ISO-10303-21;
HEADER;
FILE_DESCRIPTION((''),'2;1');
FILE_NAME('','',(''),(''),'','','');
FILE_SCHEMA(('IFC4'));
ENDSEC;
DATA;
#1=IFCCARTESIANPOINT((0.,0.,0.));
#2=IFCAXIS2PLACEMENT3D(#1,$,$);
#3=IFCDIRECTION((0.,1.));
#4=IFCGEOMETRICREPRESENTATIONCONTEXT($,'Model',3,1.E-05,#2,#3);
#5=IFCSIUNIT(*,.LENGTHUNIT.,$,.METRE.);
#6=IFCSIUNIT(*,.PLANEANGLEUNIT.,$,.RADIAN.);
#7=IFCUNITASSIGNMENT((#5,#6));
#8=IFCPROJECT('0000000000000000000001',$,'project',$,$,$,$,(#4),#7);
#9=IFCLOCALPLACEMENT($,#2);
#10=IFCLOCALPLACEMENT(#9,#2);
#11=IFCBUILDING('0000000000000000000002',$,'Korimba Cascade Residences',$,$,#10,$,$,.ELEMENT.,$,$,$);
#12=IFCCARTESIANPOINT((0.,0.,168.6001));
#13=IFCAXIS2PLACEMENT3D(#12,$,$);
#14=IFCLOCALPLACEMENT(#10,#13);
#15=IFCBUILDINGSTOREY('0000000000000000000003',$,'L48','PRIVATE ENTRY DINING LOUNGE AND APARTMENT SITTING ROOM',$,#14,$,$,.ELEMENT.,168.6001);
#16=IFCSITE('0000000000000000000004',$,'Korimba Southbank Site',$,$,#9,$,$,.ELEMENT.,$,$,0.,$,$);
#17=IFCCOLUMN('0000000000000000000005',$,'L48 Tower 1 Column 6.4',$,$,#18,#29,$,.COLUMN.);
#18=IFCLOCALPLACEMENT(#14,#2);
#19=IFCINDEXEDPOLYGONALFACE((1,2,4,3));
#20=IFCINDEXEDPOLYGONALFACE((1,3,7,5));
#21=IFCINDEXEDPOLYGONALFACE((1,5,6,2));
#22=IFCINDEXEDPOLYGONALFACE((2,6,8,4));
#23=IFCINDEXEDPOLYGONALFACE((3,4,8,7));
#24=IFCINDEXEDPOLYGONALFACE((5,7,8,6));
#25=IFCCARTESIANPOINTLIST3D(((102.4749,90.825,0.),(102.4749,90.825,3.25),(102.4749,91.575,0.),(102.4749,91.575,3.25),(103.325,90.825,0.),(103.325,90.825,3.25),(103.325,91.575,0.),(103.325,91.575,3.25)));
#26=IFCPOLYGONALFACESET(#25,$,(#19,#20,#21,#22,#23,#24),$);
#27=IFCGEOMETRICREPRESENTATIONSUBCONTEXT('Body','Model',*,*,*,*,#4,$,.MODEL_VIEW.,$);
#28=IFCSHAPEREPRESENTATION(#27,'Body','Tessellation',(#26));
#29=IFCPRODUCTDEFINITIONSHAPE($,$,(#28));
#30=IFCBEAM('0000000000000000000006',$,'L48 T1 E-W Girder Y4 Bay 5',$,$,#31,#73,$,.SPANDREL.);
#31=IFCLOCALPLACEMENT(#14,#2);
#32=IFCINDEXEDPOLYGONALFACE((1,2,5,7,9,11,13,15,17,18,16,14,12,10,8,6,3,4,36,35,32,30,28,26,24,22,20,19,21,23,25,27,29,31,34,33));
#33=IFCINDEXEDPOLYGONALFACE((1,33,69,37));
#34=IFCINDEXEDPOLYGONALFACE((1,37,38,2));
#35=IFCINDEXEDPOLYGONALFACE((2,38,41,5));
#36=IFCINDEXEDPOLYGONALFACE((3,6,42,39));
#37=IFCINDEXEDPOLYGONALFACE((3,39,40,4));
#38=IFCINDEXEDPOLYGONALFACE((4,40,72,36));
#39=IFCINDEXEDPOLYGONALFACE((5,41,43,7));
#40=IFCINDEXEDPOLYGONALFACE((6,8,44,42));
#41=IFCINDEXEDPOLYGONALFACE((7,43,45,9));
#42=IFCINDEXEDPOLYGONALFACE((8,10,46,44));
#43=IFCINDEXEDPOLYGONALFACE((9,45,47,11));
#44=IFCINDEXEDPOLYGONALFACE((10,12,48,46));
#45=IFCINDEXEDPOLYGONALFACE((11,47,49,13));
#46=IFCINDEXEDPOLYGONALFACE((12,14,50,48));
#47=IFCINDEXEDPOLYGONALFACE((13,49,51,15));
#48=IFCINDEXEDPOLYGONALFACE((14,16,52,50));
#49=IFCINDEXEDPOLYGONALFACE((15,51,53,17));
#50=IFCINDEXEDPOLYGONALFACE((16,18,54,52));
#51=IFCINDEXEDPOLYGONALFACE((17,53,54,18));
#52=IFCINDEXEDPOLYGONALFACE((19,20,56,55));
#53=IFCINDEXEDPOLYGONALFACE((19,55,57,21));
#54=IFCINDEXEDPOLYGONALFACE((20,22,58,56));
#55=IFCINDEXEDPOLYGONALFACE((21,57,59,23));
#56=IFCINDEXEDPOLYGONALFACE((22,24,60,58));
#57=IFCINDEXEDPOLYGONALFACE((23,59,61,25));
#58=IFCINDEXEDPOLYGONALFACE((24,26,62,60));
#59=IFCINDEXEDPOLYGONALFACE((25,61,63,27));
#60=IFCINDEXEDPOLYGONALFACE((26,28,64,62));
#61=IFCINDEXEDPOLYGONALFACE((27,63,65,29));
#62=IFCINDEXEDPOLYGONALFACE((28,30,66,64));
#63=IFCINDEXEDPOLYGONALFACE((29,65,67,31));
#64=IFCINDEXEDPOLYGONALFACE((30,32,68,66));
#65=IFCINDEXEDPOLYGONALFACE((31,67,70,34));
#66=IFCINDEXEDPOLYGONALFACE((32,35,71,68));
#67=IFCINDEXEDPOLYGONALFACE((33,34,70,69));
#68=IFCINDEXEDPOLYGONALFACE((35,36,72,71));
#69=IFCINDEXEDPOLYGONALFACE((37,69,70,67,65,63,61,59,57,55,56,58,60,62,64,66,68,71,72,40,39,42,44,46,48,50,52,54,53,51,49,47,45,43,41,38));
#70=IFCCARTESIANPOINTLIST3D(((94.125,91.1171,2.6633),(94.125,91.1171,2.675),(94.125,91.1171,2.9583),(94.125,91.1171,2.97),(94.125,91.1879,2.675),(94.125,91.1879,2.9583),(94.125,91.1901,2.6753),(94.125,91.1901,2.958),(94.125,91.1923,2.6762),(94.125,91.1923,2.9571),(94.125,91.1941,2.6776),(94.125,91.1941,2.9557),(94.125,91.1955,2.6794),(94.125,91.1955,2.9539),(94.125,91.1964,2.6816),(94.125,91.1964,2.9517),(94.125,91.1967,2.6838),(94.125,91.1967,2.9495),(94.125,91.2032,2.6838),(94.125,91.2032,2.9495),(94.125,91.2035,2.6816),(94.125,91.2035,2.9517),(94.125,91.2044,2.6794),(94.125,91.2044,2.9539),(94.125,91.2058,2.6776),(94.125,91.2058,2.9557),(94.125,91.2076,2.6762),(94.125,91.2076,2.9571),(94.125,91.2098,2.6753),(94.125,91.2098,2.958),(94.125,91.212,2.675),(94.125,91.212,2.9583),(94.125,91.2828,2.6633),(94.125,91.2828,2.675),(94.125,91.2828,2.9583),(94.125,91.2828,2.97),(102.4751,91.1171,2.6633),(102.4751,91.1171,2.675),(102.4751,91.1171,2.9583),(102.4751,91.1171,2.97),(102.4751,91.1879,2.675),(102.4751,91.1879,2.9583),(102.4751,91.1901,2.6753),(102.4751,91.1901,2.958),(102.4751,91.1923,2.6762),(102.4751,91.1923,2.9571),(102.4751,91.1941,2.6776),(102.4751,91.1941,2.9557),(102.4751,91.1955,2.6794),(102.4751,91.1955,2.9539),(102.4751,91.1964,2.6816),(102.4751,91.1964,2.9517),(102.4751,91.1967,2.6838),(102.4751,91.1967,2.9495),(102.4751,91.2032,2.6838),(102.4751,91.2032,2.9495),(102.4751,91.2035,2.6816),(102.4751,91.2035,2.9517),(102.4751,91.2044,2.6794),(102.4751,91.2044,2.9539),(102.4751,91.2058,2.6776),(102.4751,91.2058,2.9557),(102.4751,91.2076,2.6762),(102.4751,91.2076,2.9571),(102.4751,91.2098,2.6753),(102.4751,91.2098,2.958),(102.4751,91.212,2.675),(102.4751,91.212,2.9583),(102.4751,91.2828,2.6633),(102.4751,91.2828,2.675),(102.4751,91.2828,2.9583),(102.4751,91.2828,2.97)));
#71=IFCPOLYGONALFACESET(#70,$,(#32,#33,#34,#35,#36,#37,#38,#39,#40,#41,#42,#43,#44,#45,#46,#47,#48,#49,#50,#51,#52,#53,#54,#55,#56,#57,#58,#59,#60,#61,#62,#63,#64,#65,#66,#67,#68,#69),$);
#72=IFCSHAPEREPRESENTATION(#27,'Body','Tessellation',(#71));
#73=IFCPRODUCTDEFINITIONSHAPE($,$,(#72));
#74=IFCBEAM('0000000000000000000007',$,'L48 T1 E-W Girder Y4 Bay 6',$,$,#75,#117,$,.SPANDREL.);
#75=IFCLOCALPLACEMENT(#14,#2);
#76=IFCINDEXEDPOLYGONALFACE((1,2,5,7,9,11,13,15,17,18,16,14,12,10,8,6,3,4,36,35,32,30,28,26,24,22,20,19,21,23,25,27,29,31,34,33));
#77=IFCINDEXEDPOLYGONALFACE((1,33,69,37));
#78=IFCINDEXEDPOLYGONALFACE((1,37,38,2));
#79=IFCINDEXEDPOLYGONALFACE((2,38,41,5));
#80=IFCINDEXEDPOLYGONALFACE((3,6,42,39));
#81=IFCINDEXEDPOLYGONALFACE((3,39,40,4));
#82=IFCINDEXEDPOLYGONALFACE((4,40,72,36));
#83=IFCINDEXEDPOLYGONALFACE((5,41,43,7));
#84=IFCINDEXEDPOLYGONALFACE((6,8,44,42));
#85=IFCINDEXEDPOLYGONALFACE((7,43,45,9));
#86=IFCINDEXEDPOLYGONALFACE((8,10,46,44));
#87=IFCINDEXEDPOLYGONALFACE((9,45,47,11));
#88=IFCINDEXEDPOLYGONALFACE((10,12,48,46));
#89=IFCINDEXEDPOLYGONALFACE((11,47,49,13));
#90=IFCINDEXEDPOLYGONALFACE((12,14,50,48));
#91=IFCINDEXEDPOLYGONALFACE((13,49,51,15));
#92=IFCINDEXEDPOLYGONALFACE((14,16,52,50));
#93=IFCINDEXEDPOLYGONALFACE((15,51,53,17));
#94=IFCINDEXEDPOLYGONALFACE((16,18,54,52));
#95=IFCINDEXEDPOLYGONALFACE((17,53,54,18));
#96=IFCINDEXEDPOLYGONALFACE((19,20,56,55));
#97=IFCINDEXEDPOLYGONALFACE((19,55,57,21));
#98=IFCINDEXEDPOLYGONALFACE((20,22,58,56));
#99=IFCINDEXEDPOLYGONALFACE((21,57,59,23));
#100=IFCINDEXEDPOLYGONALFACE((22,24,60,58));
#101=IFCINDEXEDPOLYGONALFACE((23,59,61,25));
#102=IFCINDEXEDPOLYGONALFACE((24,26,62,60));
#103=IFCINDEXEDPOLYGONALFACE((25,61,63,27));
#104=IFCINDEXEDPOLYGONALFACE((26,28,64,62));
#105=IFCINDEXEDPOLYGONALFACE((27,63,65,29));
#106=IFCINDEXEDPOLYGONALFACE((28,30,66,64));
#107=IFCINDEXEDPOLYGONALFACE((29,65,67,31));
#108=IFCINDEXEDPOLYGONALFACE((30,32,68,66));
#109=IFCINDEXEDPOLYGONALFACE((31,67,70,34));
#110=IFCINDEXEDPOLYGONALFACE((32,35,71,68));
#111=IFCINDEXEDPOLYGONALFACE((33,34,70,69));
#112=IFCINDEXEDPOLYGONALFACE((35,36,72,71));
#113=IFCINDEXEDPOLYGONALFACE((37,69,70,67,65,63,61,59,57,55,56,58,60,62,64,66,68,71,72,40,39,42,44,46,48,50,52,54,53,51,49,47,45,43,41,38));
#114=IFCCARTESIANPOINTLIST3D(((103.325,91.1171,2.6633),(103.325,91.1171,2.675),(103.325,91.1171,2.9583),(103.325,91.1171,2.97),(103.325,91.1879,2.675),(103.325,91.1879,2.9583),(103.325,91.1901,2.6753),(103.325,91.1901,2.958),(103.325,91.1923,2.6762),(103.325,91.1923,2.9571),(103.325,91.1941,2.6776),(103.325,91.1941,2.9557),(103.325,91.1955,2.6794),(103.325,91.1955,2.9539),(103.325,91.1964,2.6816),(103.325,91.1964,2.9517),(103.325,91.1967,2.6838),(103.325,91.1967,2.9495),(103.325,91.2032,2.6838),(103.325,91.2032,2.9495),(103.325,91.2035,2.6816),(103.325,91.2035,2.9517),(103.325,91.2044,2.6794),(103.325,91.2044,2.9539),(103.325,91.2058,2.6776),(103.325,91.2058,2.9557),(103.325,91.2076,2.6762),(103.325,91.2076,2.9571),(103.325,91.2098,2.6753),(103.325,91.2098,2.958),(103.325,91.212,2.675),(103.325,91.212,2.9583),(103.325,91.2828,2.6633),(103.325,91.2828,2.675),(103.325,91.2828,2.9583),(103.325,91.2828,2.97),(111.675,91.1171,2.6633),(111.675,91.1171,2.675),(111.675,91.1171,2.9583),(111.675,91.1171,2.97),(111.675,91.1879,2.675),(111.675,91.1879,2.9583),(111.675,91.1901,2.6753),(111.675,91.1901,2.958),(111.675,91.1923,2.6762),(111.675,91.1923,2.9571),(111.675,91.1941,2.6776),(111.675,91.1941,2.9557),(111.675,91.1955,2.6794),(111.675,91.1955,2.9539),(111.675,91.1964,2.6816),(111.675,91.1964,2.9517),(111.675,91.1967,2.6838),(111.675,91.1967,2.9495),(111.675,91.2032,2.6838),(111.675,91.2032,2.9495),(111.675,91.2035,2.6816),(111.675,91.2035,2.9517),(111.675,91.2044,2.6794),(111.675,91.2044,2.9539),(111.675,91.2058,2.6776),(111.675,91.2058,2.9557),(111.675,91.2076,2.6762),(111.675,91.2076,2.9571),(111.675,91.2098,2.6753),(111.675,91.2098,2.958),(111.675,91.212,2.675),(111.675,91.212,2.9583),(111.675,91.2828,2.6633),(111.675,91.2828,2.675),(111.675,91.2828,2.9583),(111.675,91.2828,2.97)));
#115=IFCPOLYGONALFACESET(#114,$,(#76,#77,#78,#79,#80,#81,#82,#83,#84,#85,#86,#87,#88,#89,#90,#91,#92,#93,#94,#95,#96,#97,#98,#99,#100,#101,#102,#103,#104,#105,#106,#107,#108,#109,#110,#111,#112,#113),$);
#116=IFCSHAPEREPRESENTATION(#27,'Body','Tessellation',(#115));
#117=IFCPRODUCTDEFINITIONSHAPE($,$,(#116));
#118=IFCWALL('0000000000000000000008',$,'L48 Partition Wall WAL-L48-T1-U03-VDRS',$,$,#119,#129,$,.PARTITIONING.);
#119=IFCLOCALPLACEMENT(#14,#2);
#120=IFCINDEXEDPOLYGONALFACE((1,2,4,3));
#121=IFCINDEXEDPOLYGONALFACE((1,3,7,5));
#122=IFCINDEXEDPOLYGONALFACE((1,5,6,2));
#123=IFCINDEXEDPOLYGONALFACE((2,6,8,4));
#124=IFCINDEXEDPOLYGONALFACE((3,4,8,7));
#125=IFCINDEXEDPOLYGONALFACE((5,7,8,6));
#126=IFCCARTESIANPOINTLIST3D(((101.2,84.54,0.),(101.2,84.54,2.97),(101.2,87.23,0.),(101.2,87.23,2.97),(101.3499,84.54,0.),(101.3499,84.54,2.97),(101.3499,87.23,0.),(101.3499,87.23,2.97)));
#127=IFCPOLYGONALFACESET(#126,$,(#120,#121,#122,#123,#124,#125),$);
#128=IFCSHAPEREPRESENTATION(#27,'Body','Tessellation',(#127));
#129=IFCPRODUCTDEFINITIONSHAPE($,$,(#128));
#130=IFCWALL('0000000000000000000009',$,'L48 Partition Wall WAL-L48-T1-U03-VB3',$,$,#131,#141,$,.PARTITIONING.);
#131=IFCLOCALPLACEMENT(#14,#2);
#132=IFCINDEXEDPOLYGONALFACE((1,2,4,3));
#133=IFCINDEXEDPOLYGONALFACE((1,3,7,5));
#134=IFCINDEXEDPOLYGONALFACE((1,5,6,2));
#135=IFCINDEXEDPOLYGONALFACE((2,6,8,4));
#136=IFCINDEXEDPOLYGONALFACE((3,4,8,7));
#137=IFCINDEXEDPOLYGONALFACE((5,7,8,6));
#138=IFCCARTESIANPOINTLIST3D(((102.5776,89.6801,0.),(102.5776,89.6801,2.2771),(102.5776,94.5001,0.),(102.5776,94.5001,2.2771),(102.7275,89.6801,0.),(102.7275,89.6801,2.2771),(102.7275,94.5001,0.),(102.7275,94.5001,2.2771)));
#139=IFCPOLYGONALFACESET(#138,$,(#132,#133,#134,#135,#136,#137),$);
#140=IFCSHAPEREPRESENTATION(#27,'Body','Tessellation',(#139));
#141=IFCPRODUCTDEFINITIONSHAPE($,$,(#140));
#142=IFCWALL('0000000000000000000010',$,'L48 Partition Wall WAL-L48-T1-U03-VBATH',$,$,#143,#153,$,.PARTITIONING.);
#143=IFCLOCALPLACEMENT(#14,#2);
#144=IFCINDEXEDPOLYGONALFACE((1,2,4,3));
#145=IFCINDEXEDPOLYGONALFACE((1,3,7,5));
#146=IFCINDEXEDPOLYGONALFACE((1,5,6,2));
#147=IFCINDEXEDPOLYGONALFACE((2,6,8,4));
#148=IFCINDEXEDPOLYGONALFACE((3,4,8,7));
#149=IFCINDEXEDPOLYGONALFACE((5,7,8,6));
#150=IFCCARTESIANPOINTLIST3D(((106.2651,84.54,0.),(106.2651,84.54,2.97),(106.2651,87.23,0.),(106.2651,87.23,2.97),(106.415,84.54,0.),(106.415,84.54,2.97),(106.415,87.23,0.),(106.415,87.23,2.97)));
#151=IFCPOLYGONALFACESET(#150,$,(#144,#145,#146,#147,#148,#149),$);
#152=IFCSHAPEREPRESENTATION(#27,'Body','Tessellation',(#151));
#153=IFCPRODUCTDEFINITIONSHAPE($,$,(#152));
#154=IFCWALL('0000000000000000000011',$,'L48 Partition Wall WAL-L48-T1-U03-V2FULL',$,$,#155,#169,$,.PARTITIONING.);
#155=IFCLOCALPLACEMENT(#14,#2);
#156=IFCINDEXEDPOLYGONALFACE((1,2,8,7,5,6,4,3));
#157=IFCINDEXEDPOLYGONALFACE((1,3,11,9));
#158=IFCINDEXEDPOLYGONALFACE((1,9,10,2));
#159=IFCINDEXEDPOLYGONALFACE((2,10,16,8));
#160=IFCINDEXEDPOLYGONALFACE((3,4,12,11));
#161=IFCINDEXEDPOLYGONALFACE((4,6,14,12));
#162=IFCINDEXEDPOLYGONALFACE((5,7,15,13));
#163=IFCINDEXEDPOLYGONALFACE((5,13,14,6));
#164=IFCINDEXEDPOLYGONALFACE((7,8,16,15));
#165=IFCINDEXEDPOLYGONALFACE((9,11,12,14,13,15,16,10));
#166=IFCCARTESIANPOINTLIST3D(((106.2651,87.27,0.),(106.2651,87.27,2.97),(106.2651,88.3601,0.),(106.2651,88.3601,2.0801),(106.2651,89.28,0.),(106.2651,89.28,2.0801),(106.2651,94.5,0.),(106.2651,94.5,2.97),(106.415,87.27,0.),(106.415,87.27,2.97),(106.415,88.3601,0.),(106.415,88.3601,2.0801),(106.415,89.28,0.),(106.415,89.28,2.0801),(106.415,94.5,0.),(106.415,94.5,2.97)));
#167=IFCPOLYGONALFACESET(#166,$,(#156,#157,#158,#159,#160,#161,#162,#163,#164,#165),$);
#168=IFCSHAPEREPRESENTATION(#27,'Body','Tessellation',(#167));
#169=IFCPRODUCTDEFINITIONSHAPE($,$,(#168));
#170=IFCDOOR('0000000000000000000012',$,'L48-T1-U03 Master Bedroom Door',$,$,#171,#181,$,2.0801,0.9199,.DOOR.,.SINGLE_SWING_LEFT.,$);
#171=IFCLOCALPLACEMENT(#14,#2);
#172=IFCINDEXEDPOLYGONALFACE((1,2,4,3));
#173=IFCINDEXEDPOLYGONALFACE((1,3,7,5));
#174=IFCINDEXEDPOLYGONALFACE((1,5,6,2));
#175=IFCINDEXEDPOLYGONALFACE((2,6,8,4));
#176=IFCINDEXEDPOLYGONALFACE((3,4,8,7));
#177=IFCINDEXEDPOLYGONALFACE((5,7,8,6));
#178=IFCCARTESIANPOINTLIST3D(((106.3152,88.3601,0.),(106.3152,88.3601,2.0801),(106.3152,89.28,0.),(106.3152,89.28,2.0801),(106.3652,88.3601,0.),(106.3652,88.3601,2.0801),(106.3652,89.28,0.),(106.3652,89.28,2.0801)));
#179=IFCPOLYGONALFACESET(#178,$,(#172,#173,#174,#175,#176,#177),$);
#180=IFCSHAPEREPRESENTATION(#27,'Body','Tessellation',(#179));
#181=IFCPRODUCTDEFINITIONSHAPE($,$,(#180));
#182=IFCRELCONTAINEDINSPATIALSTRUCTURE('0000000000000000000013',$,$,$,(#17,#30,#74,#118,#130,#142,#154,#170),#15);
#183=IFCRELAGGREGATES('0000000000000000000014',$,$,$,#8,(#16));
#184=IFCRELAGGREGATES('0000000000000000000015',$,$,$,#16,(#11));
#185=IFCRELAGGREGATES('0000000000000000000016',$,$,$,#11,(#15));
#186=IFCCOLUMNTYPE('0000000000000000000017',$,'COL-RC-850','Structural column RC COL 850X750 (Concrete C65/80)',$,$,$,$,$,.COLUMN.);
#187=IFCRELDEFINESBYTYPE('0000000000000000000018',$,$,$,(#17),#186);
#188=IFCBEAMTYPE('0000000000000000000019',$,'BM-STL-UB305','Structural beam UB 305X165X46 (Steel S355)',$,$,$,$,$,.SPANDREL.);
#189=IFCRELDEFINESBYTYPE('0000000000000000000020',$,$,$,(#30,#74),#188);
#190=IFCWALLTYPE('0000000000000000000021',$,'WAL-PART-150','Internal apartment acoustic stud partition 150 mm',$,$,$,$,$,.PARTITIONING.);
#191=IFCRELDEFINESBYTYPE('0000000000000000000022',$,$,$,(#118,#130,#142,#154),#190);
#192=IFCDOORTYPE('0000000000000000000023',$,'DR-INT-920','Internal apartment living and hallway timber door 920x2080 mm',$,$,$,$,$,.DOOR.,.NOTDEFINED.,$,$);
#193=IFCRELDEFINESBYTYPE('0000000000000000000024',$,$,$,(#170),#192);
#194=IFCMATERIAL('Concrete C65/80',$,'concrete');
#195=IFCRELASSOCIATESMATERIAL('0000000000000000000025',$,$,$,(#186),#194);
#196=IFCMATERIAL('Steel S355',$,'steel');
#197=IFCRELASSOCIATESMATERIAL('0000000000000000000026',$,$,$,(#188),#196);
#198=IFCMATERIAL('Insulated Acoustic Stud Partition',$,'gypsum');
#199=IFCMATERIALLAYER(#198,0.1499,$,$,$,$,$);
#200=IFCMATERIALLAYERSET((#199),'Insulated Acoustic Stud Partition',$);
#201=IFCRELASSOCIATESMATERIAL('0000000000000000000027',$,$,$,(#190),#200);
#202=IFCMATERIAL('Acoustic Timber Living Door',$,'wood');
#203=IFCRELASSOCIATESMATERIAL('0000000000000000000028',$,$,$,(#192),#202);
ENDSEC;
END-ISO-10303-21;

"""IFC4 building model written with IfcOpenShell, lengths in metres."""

from ifc_helpers import new_model, si_unit, direction, frame, frame_2d, origin, origin_2d, place, context, subcontext, project, spatial, rectangle, i_section, extrude, material, layer, layer_set, material_profile, profile_set, type_object, element, fill, save


model = new_model("IFC4")

# Units and contexts
model_context = context("Model", 3, precision=1e-05, world=origin(), true_north=direction((0.0, 1.0)))
body_context = subcontext(model_context, "Body", "Model", "MODEL_VIEW")
ifc_project = project(units=[si_unit("LENGTHUNIT", "METRE"), si_unit("PLANEANGLEUNIT", "RADIAN")], contexts=[model_context])

# Site, building, storey
site_placement = place(None, origin())
site = spatial("IfcSite", under=ifc_project, at=site_placement, Name="Korimba Southbank Site", CompositionType="ELEMENT", RefElevation=0.0)
building_placement = place(site_placement, origin())
building = spatial("IfcBuilding", under=site, at=building_placement, Name="Korimba Cascade Residences", CompositionType="ELEMENT")
storey_placement = place(building_placement, frame((0.0, 0.0, 168.6001)))
storey = spatial("IfcBuildingStorey", under=building, at=storey_placement, Name="L48", Description="PRIVATE ENTRY DINING LOUNGE AND APARTMENT SITTING ROOM", CompositionType="ELEMENT", Elevation=168.6001)

# Column
ifc_material_1 = material(Name="Concrete C65/80", Category="concrete")
ifc_material_profile_1 = material_profile(ifc_material_1, rectangle(XDim=0.8501, YDim=0.75, at=origin_2d()), Name="Concrete C65/80")
ifc_profile_set_1 = profile_set([ifc_material_profile_1], Name="Concrete C65/80")
column_type = type_object("IfcColumnType", Name="COL-RC-850", Description="Structural column RC COL 850X750 (Concrete C65/80)", PredefinedType="COLUMN", material=ifc_profile_set_1)
column_placement = place(storey_placement, frame((102.8999, 91.2, 0.0), z_axis=(0.0, 0.0, 1.0), x_axis=(1.0, 0.0, 0.0)))
element("IfcColumn", 1, at=column_placement, inside=storey, type_object=column_type, Name="L48 Tower 1 Column 6.4", PredefinedType="COLUMN", context=body_context, shape_type="SweptSolid", body=[
    extrude(rectangle(XDim=0.8501, YDim=0.75, at=origin_2d()), origin(), (0.0, 0.0, 1.0), 3.25),
])

# Beams
ifc_material_2 = material(Name="Steel S355", Category="steel")
ifc_material_profile_2 = material_profile(ifc_material_2, i_section(OverallWidth=0.1658, OverallDepth=0.3066, WebThickness=0.0066, FlangeThickness=0.0117, FilletRadius=0.0088, at=origin_2d()), Name="Steel S355")
ifc_profile_set_2 = profile_set([ifc_material_profile_2], Name="Steel S355")
beam_type = type_object("IfcBeamType", Name="BM-STL-UB305", Description="Structural beam UB 305X165X46 (Steel S355)", PredefinedType="SPANDREL", material=ifc_profile_set_2)
for number, where, z_axis, x_axis, name in (
    (2, (94.125, 91.2, 2.8167), (1.0, 0.0, 0.0), (0.0, 1.0, 0.0), "L48 T1 E-W Girder Y4 Bay 5"),
    (3, (103.325, 91.2, 2.8167), (1.0, 0.0, 0.0), (0.0, 1.0, 0.0), "L48 T1 E-W Girder Y4 Bay 6"),
):
    element("IfcBeam", number, at=place(storey_placement, frame(where, z_axis=z_axis, x_axis=x_axis)), inside=storey, type_object=beam_type, Name=name, PredefinedType="SPANDREL", context=body_context, shape_type="SweptSolid", body=[
        extrude(i_section(OverallWidth=0.1658, OverallDepth=0.3066, WebThickness=0.0066, FlangeThickness=0.0117, FilletRadius=0.0088, at=origin_2d()), origin(), (0.0, 0.0, 1.0), 8.3501),
    ])

# Walls
ifc_material_3 = material(Name="Insulated Acoustic Stud Partition", Category="gypsum")
ifc_layer = layer(ifc_material_3, 0.1499)
ifc_layer_set = layer_set([ifc_layer], Name="Insulated Acoustic Stud Partition")
wall_type = type_object("IfcWallType", Name="WAL-PART-150", Description="Internal apartment acoustic stud partition 150 mm", PredefinedType="PARTITIONING", material=ifc_layer_set)
wall_1_placement = place(storey_placement, frame((101.2749, 84.54, 0.0), z_axis=(0.0, 0.0, 1.0), x_axis=(0.0, 1.0, 0.0)))
element("IfcWall", 4, at=wall_1_placement, inside=storey, type_object=wall_type, Name="L48 Partition Wall WAL-L48-T1-U03-VDRS", PredefinedType="PARTITIONING", context=body_context, shape_type="SweptSolid", body=[
    extrude(rectangle(XDim=2.6899, YDim=0.1499, at=frame_2d((1.345, 0.0))), origin(), (0.0, 0.0, 1.0), 2.97),
])
wall_2_placement = place(storey_placement, frame((102.6526, 89.6799, 0.0), z_axis=(0.0, 0.0, 1.0), x_axis=(0.0, 1.0, 0.0)))
element("IfcWall", 5, at=wall_2_placement, inside=storey, type_object=wall_type, Name="L48 Partition Wall WAL-L48-T1-U03-VB3", PredefinedType="PARTITIONING", context=body_context, shape_type="SweptSolid", body=[
    extrude(rectangle(XDim=4.8201, YDim=0.1499, at=frame_2d((2.4102, 0.0))), origin(), (0.0, 0.0, 1.0), 2.2771),
])
wall_3_placement = place(storey_placement, frame((106.3401, 84.54, 0.0), z_axis=(0.0, 0.0, 1.0), x_axis=(0.0, 1.0, 0.0)))
element("IfcWall", 6, at=wall_3_placement, inside=storey, type_object=wall_type, Name="L48 Partition Wall WAL-L48-T1-U03-VBATH", PredefinedType="PARTITIONING", context=body_context, shape_type="SweptSolid", body=[
    extrude(rectangle(XDim=2.6899, YDim=0.1499, at=frame_2d((1.345, 0.0))), origin(), (0.0, 0.0, 1.0), 2.97),
])

# Wall, opening, door
wall_4_placement = place(storey_placement, frame((106.3401, 87.27, 0.0), z_axis=(0.0, 0.0, 1.0), x_axis=(0.0, 1.0, 0.0)))
wall_4 = element("IfcWall", 7, at=wall_4_placement, inside=storey, type_object=wall_type, Name="L48 Partition Wall WAL-L48-T1-U03-V2FULL", PredefinedType="PARTITIONING", context=body_context, shape_type="SweptSolid", body=[
    extrude(rectangle(XDim=7.23, YDim=0.1499, at=frame_2d((3.615, 0.0))), origin(), (0.0, 0.0, 1.0), 2.97),
])
opening_1_placement = place(wall_4_placement, frame((1.0901, 0.0, 0.0)))
opening_1 = element("IfcOpeningElement", 8, at=opening_1_placement, cuts=wall_4, PredefinedType="OPENING", context=body_context, shape_type="SweptSolid", body=[
    extrude(rectangle(XDim=0.9199, YDim=2.0801, at=frame_2d((0.46, 1.04))), frame((0.0, 0.085, 0.0), z_axis=(0.0, -1.0, 0.0), x_axis=(1.0, 0.0, 0.0)), (0.0, 0.0, 1.0), 0.1699),
])
ifc_material_4 = material(Name="Acoustic Timber Living Door", Category="wood")
door_type_1 = type_object("IfcDoorType", Name="DR-INT-920", Description="Internal apartment living and hallway timber door 920x2080 mm", OperationType="NOTDEFINED", PredefinedType="DOOR", material=ifc_material_4)
door_1_placement = place(opening_1_placement, origin())
door_1 = element("IfcDoor", 9, at=door_1_placement, inside=storey, type_object=door_type_1, Name="L48-T1-U03 Master Bedroom Door", OperationType="SINGLE_SWING_LEFT", OverallHeight=2.0801, OverallWidth=0.9199, PredefinedType="DOOR", context=body_context, shape_type="SweptSolid", body=[
    extrude(rectangle(XDim=0.9199, YDim=2.0801, at=frame_2d((0.46, 1.04))), frame((0.0, 0.0249, 0.0), z_axis=(0.0, -1.0, 0.0), x_axis=(1.0, 0.0, 0.0)), (0.0, 0.0, 1.0), 0.05),
])
fill(opening_1, door_1)

save(model, "model.ifc")
